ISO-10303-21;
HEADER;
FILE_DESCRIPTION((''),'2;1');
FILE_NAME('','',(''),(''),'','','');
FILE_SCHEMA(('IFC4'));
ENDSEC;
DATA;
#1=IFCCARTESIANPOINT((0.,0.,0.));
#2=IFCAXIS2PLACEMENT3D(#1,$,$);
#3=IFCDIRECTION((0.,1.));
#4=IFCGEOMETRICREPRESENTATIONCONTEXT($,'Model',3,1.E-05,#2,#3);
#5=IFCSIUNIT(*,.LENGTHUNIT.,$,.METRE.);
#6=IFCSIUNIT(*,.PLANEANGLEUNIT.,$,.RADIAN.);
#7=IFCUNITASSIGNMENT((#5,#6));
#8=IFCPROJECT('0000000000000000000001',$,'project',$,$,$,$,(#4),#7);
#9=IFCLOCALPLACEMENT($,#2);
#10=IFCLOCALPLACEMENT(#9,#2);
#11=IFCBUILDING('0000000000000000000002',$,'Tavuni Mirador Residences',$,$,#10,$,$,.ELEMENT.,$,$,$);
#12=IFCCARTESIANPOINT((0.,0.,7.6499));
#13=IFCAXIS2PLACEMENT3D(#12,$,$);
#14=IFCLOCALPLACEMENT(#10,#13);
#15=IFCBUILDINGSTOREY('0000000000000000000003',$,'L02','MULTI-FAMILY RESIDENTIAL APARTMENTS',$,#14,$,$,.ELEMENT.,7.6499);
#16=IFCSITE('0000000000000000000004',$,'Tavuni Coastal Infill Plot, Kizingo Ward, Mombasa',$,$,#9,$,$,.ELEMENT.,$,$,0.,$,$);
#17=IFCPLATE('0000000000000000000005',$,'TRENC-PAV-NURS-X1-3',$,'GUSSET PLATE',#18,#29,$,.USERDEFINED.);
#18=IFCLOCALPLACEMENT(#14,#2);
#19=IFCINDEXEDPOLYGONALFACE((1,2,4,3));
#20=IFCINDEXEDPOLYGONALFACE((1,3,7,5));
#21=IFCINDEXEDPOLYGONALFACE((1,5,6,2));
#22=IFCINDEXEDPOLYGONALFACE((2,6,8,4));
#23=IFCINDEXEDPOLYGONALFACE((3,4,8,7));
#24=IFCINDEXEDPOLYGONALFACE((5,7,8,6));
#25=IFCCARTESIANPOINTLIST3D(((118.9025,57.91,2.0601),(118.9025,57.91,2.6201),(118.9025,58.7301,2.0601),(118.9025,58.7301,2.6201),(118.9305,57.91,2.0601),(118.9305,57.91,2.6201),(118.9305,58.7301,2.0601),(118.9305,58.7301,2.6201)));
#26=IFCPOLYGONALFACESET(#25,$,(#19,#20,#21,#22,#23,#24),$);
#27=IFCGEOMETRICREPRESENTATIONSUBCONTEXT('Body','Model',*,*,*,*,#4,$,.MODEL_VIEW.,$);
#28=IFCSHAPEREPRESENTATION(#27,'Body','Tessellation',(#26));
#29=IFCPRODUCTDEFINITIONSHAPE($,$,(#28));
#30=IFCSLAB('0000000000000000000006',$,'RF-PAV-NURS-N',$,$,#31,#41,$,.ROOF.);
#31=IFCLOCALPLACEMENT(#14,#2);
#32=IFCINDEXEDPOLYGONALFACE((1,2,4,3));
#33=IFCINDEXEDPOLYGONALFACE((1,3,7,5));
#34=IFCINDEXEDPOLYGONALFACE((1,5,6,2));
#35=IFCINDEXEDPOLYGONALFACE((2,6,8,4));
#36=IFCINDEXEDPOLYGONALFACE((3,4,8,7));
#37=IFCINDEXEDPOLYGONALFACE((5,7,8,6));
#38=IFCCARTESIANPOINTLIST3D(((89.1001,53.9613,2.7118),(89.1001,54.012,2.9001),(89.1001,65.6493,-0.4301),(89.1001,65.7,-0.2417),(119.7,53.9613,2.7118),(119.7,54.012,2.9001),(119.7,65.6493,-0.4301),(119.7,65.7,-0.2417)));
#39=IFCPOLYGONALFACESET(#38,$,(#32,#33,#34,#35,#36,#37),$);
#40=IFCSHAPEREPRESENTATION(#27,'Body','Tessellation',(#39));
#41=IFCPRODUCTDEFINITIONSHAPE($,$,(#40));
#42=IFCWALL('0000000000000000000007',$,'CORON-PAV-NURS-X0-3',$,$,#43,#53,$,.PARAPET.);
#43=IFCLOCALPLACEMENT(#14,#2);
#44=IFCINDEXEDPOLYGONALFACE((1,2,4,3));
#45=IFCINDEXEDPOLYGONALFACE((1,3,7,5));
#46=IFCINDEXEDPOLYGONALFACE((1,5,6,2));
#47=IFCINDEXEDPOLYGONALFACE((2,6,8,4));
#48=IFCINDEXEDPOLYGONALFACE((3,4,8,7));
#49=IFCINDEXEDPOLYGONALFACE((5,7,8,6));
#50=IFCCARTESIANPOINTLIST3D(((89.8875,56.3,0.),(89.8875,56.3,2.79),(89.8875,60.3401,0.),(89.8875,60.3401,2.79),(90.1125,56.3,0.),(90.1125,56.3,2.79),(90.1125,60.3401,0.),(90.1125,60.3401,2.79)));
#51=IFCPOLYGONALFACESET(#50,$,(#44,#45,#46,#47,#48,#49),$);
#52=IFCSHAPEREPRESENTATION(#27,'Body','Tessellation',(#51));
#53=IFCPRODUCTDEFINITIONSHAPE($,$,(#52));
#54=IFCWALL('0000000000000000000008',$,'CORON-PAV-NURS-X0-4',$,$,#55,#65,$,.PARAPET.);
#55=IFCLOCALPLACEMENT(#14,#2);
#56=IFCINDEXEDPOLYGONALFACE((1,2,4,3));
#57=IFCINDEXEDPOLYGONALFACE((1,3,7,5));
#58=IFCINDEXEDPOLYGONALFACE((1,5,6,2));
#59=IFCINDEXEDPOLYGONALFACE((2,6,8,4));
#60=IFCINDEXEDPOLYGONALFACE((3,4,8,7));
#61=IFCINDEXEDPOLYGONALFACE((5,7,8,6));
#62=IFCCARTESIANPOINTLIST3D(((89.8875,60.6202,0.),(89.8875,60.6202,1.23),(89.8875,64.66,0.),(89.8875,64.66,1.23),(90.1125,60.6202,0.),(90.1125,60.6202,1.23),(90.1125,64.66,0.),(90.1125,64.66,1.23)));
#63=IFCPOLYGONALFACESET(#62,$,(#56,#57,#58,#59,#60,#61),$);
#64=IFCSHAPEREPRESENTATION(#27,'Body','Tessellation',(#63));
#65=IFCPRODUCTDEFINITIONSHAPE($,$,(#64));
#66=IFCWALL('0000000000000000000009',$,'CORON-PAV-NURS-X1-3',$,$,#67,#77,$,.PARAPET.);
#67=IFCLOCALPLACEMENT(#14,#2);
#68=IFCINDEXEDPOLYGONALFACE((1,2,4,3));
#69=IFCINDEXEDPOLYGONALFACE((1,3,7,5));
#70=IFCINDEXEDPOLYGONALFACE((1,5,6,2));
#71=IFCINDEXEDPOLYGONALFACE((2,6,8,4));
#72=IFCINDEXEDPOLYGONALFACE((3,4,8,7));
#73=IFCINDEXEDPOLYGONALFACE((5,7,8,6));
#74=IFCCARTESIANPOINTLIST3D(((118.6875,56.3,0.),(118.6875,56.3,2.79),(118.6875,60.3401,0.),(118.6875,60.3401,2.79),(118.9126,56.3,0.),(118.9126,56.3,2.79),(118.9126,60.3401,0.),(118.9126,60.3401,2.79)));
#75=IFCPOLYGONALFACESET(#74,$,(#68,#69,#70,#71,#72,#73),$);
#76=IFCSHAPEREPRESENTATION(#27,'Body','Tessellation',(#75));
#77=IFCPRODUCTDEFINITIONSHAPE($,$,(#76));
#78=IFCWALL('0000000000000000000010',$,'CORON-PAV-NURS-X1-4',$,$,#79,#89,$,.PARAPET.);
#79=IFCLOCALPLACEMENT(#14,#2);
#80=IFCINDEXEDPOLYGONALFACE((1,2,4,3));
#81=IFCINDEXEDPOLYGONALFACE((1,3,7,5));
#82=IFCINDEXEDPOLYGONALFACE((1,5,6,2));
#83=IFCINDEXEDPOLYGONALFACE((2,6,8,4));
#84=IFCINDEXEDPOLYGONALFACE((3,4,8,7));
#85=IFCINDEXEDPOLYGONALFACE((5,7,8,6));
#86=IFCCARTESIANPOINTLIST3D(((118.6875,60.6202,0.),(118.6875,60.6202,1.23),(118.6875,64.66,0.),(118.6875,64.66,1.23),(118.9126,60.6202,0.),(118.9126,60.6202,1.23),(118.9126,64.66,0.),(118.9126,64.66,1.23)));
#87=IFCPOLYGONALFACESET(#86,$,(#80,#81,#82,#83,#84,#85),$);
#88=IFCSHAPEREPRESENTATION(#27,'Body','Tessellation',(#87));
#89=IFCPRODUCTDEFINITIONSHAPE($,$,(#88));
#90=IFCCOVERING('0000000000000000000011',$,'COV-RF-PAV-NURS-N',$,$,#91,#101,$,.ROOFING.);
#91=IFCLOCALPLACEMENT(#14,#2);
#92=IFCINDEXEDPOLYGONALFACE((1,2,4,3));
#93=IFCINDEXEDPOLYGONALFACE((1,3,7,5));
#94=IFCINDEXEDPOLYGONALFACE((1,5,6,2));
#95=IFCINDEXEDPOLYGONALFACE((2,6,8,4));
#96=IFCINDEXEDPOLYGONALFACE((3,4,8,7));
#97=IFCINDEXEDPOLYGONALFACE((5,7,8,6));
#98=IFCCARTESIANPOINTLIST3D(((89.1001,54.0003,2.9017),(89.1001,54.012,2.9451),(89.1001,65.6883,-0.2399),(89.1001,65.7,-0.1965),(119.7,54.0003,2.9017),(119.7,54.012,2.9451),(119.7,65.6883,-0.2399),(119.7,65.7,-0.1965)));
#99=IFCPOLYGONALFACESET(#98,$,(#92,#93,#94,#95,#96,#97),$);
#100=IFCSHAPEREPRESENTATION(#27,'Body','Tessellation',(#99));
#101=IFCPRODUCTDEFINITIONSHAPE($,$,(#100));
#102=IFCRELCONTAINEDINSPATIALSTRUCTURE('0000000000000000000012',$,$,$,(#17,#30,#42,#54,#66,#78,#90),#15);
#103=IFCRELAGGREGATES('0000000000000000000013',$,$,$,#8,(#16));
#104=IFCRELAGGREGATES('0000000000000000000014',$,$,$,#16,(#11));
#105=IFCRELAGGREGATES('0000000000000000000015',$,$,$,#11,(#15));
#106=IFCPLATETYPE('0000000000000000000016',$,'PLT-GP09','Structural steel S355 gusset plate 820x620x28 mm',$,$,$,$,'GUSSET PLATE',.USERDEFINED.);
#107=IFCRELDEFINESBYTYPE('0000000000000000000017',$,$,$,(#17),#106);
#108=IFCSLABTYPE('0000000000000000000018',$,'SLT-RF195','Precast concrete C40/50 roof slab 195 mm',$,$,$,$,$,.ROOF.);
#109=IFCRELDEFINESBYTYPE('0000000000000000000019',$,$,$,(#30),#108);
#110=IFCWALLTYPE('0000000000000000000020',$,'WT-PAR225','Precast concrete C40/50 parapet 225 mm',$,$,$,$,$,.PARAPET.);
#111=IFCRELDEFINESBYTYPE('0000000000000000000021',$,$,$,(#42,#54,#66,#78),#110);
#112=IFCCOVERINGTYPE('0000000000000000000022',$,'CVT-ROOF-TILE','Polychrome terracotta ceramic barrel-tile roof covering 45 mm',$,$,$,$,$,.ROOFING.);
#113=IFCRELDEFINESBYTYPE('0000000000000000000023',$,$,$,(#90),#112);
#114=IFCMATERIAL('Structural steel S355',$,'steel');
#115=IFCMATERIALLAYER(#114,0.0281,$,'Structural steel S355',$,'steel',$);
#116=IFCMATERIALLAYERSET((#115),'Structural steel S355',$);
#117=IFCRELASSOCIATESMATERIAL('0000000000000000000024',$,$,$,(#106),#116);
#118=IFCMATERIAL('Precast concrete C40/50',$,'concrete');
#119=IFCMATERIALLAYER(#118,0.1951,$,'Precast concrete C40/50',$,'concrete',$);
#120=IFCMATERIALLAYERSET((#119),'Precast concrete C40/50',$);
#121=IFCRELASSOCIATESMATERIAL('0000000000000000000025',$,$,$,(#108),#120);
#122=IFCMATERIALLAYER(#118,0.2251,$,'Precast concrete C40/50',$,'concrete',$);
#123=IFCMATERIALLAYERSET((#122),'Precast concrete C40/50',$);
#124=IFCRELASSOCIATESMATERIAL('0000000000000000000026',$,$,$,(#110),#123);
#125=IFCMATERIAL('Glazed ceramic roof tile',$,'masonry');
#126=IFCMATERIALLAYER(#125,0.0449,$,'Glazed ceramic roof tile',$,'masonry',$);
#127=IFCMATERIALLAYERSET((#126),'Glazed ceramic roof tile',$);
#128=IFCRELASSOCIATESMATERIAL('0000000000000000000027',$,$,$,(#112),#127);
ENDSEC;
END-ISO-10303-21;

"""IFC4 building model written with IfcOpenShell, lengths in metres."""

from ifc_helpers import new_model, si_unit, direction, frame, frame_2d, origin, origin_2d, place, context, subcontext, project, spatial, polyline, rectangle, outline, extrude, material, layer, layer_set, type_object, element, save


model = new_model("IFC4")

# Units and contexts
model_context = context("Model", 3, precision=1e-05, world=origin(), true_north=direction((0.0, 1.0)))
body_context = subcontext(model_context, "Body", "Model", "MODEL_VIEW")
ifc_project = project(units=[si_unit("LENGTHUNIT", "METRE"), si_unit("PLANEANGLEUNIT", "RADIAN")], contexts=[model_context])

# Site, building, storey
site_placement = place(None, origin())
site = spatial("IfcSite", under=ifc_project, at=site_placement, Name="Tavuni Coastal Infill Plot, Kizingo Ward, Mombasa", CompositionType="ELEMENT", RefElevation=0.0)
building_placement = place(site_placement, origin())
building = spatial("IfcBuilding", under=site, at=building_placement, Name="Tavuni Mirador Residences", CompositionType="ELEMENT")
storey_placement = place(building_placement, frame((0.0, 0.0, 7.6499)))
storey = spatial("IfcBuildingStorey", under=building, at=storey_placement, Name="L02", Description="MULTI-FAMILY RESIDENTIAL APARTMENTS", CompositionType="ELEMENT", Elevation=7.6499)

# Shared definitions
ifc_material_1 = material(Name="Structural steel S355", Category="steel")

# Plate
ifc_layer_1 = layer(ifc_material_1, 0.0281, Name="Structural steel S355", Category="steel")
ifc_layer_set_1 = layer_set([ifc_layer_1], Name="Structural steel S355")
plate_type_1 = type_object("IfcPlateType", Name="PLT-GP09", Description="Structural steel S355 gusset plate 820x620x28 mm", ElementType="GUSSET PLATE", PredefinedType="USERDEFINED", material=ifc_layer_set_1)
for number, where, z_axis, x_axis, name in (
    (1, (118.9165, 58.3201, 2.0601), (0.0, 0.0, 1.0), (0.0, 1.0, 0.0), "TRENC-PAV-NURS-X1-3"),
):
    element("IfcPlate", number, at=place(storey_placement, frame(where, z_axis=z_axis, x_axis=x_axis)), inside=storey, type_object=plate_type_1, Name=name, ObjectType="GUSSET PLATE", PredefinedType="USERDEFINED", context=body_context, shape_type="SweptSolid", body=[
        extrude(rectangle(XDim=0.8201, YDim=0.0281, at=origin_2d()), origin(), (0.0, 0.0, 1.0), 0.5601),
    ])

# Slab
ifc_material_2 = material(Name="Precast concrete C40/50", Category="concrete")
ifc_layer_2 = layer(ifc_material_2, 0.1951, Name="Precast concrete C40/50", Category="concrete")
ifc_layer_set_2 = layer_set([ifc_layer_2], Name="Precast concrete C40/50")
slab_type = type_object("IfcSlabType", Name="SLT-RF195", Description="Precast concrete C40/50 roof slab 195 mm", PredefinedType="ROOF", material=ifc_layer_set_2)
slab_placement = place(storey_placement, frame((89.1001, 54.012, 2.9001), z_axis=(0.0, 0.259594, 0.965718), x_axis=(1.0, 0.0, 0.0)))
element("IfcSlab", 2, at=slab_placement, inside=storey, type_object=slab_type, Name="RF-PAV-NURS-N", PredefinedType="ROOF", context=body_context, shape_type="SweptSolid", body=[
    extrude(outline(polyline([(0.0, 0.0), (30.5999, 0.0), (30.5999, 12.1029), (0.0, 12.1029), (0.0, 0.0)])), origin(), (0.0, 0.0, -1.0), 0.1951),
])

# Walls
ifc_layer_3 = layer(ifc_material_2, 0.2251, Name="Precast concrete C40/50", Category="concrete")
ifc_layer_set_3 = layer_set([ifc_layer_3], Name="Precast concrete C40/50")
wall_type = type_object("IfcWallType", Name="WT-PAR225", Description="Precast concrete C40/50 parapet 225 mm", PredefinedType="PARAPET", material=ifc_layer_set_3)
wall_1_placement = place(storey_placement, frame((90.0, 56.3, 0.0), z_axis=(0.0, 0.0, 1.0), x_axis=(0.0, 1.0, 0.0)))
element("IfcWall", 3, at=wall_1_placement, inside=storey, type_object=wall_type, Name="CORON-PAV-NURS-X0-3", PredefinedType="PARAPET", context=body_context, shape_type="SweptSolid", body=[
    extrude(rectangle(XDim=4.04, YDim=0.2251, at=frame_2d((2.02, 0.0))), origin(), (0.0, 0.0, 1.0), 2.79),
])
wall_2_placement = place(storey_placement, frame((90.0, 60.6201, 0.0), z_axis=(0.0, 0.0, 1.0), x_axis=(0.0, 1.0, 0.0)))
element("IfcWall", 4, at=wall_2_placement, inside=storey, type_object=wall_type, Name="CORON-PAV-NURS-X0-4", PredefinedType="PARAPET", context=body_context, shape_type="SweptSolid", body=[
    extrude(rectangle(XDim=4.0398, YDim=0.2251, at=frame_2d((2.02, 0.0))), origin(), (0.0, 0.0, 1.0), 1.23),
])
wall_3_placement = place(storey_placement, frame((118.8, 56.3, 0.0), z_axis=(0.0, 0.0, 1.0), x_axis=(0.0, 1.0, 0.0)))
element("IfcWall", 5, at=wall_3_placement, inside=storey, type_object=wall_type, Name="CORON-PAV-NURS-X1-3", PredefinedType="PARAPET", context=body_context, shape_type="SweptSolid", body=[
    extrude(rectangle(XDim=4.04, YDim=0.2251, at=frame_2d((2.02, 0.0))), origin(), (0.0, 0.0, 1.0), 2.79),
])
wall_4_placement = place(storey_placement, frame((118.8, 60.6201, 0.0), z_axis=(0.0, 0.0, 1.0), x_axis=(0.0, 1.0, 0.0)))
element("IfcWall", 6, at=wall_4_placement, inside=storey, type_object=wall_type, Name="CORON-PAV-NURS-X1-4", PredefinedType="PARAPET", context=body_context, shape_type="SweptSolid", body=[
    extrude(rectangle(XDim=4.0398, YDim=0.2251, at=frame_2d((2.02, 0.0))), origin(), (0.0, 0.0, 1.0), 1.23),
])

# Covering
ifc_material_3 = material(Name="Glazed ceramic roof tile", Category="masonry")
ifc_layer_4 = layer(ifc_material_3, 0.0449, Name="Glazed ceramic roof tile", Category="masonry")
ifc_layer_set_4 = layer_set([ifc_layer_4], Name="Glazed ceramic roof tile")
covering_type = type_object("IfcCoveringType", Name="CVT-ROOF-TILE", Description="Polychrome terracotta ceramic barrel-tile roof covering 45 mm", PredefinedType="ROOFING", material=ifc_layer_set_4)
covering_placement = place(storey_placement, frame((89.1001, 54.012, 2.9451), z_axis=(0.0, 0.259576, 0.965723), x_axis=(1.0, 0.0, 0.0)))
element("IfcCovering", 7, at=covering_placement, inside=storey, type_object=covering_type, Name="COV-RF-PAV-NURS-N", PredefinedType="ROOFING", context=body_context, shape_type="SweptSolid", body=[
    extrude(outline(polyline([(0.0, 0.0), (30.5999, 0.0), (30.5999, 12.1028), (0.0, 12.1028), (0.0, 0.0)])), origin(), (0.0, 0.0, -1.0), 0.0449),
])

save(model, "model.ifc")
